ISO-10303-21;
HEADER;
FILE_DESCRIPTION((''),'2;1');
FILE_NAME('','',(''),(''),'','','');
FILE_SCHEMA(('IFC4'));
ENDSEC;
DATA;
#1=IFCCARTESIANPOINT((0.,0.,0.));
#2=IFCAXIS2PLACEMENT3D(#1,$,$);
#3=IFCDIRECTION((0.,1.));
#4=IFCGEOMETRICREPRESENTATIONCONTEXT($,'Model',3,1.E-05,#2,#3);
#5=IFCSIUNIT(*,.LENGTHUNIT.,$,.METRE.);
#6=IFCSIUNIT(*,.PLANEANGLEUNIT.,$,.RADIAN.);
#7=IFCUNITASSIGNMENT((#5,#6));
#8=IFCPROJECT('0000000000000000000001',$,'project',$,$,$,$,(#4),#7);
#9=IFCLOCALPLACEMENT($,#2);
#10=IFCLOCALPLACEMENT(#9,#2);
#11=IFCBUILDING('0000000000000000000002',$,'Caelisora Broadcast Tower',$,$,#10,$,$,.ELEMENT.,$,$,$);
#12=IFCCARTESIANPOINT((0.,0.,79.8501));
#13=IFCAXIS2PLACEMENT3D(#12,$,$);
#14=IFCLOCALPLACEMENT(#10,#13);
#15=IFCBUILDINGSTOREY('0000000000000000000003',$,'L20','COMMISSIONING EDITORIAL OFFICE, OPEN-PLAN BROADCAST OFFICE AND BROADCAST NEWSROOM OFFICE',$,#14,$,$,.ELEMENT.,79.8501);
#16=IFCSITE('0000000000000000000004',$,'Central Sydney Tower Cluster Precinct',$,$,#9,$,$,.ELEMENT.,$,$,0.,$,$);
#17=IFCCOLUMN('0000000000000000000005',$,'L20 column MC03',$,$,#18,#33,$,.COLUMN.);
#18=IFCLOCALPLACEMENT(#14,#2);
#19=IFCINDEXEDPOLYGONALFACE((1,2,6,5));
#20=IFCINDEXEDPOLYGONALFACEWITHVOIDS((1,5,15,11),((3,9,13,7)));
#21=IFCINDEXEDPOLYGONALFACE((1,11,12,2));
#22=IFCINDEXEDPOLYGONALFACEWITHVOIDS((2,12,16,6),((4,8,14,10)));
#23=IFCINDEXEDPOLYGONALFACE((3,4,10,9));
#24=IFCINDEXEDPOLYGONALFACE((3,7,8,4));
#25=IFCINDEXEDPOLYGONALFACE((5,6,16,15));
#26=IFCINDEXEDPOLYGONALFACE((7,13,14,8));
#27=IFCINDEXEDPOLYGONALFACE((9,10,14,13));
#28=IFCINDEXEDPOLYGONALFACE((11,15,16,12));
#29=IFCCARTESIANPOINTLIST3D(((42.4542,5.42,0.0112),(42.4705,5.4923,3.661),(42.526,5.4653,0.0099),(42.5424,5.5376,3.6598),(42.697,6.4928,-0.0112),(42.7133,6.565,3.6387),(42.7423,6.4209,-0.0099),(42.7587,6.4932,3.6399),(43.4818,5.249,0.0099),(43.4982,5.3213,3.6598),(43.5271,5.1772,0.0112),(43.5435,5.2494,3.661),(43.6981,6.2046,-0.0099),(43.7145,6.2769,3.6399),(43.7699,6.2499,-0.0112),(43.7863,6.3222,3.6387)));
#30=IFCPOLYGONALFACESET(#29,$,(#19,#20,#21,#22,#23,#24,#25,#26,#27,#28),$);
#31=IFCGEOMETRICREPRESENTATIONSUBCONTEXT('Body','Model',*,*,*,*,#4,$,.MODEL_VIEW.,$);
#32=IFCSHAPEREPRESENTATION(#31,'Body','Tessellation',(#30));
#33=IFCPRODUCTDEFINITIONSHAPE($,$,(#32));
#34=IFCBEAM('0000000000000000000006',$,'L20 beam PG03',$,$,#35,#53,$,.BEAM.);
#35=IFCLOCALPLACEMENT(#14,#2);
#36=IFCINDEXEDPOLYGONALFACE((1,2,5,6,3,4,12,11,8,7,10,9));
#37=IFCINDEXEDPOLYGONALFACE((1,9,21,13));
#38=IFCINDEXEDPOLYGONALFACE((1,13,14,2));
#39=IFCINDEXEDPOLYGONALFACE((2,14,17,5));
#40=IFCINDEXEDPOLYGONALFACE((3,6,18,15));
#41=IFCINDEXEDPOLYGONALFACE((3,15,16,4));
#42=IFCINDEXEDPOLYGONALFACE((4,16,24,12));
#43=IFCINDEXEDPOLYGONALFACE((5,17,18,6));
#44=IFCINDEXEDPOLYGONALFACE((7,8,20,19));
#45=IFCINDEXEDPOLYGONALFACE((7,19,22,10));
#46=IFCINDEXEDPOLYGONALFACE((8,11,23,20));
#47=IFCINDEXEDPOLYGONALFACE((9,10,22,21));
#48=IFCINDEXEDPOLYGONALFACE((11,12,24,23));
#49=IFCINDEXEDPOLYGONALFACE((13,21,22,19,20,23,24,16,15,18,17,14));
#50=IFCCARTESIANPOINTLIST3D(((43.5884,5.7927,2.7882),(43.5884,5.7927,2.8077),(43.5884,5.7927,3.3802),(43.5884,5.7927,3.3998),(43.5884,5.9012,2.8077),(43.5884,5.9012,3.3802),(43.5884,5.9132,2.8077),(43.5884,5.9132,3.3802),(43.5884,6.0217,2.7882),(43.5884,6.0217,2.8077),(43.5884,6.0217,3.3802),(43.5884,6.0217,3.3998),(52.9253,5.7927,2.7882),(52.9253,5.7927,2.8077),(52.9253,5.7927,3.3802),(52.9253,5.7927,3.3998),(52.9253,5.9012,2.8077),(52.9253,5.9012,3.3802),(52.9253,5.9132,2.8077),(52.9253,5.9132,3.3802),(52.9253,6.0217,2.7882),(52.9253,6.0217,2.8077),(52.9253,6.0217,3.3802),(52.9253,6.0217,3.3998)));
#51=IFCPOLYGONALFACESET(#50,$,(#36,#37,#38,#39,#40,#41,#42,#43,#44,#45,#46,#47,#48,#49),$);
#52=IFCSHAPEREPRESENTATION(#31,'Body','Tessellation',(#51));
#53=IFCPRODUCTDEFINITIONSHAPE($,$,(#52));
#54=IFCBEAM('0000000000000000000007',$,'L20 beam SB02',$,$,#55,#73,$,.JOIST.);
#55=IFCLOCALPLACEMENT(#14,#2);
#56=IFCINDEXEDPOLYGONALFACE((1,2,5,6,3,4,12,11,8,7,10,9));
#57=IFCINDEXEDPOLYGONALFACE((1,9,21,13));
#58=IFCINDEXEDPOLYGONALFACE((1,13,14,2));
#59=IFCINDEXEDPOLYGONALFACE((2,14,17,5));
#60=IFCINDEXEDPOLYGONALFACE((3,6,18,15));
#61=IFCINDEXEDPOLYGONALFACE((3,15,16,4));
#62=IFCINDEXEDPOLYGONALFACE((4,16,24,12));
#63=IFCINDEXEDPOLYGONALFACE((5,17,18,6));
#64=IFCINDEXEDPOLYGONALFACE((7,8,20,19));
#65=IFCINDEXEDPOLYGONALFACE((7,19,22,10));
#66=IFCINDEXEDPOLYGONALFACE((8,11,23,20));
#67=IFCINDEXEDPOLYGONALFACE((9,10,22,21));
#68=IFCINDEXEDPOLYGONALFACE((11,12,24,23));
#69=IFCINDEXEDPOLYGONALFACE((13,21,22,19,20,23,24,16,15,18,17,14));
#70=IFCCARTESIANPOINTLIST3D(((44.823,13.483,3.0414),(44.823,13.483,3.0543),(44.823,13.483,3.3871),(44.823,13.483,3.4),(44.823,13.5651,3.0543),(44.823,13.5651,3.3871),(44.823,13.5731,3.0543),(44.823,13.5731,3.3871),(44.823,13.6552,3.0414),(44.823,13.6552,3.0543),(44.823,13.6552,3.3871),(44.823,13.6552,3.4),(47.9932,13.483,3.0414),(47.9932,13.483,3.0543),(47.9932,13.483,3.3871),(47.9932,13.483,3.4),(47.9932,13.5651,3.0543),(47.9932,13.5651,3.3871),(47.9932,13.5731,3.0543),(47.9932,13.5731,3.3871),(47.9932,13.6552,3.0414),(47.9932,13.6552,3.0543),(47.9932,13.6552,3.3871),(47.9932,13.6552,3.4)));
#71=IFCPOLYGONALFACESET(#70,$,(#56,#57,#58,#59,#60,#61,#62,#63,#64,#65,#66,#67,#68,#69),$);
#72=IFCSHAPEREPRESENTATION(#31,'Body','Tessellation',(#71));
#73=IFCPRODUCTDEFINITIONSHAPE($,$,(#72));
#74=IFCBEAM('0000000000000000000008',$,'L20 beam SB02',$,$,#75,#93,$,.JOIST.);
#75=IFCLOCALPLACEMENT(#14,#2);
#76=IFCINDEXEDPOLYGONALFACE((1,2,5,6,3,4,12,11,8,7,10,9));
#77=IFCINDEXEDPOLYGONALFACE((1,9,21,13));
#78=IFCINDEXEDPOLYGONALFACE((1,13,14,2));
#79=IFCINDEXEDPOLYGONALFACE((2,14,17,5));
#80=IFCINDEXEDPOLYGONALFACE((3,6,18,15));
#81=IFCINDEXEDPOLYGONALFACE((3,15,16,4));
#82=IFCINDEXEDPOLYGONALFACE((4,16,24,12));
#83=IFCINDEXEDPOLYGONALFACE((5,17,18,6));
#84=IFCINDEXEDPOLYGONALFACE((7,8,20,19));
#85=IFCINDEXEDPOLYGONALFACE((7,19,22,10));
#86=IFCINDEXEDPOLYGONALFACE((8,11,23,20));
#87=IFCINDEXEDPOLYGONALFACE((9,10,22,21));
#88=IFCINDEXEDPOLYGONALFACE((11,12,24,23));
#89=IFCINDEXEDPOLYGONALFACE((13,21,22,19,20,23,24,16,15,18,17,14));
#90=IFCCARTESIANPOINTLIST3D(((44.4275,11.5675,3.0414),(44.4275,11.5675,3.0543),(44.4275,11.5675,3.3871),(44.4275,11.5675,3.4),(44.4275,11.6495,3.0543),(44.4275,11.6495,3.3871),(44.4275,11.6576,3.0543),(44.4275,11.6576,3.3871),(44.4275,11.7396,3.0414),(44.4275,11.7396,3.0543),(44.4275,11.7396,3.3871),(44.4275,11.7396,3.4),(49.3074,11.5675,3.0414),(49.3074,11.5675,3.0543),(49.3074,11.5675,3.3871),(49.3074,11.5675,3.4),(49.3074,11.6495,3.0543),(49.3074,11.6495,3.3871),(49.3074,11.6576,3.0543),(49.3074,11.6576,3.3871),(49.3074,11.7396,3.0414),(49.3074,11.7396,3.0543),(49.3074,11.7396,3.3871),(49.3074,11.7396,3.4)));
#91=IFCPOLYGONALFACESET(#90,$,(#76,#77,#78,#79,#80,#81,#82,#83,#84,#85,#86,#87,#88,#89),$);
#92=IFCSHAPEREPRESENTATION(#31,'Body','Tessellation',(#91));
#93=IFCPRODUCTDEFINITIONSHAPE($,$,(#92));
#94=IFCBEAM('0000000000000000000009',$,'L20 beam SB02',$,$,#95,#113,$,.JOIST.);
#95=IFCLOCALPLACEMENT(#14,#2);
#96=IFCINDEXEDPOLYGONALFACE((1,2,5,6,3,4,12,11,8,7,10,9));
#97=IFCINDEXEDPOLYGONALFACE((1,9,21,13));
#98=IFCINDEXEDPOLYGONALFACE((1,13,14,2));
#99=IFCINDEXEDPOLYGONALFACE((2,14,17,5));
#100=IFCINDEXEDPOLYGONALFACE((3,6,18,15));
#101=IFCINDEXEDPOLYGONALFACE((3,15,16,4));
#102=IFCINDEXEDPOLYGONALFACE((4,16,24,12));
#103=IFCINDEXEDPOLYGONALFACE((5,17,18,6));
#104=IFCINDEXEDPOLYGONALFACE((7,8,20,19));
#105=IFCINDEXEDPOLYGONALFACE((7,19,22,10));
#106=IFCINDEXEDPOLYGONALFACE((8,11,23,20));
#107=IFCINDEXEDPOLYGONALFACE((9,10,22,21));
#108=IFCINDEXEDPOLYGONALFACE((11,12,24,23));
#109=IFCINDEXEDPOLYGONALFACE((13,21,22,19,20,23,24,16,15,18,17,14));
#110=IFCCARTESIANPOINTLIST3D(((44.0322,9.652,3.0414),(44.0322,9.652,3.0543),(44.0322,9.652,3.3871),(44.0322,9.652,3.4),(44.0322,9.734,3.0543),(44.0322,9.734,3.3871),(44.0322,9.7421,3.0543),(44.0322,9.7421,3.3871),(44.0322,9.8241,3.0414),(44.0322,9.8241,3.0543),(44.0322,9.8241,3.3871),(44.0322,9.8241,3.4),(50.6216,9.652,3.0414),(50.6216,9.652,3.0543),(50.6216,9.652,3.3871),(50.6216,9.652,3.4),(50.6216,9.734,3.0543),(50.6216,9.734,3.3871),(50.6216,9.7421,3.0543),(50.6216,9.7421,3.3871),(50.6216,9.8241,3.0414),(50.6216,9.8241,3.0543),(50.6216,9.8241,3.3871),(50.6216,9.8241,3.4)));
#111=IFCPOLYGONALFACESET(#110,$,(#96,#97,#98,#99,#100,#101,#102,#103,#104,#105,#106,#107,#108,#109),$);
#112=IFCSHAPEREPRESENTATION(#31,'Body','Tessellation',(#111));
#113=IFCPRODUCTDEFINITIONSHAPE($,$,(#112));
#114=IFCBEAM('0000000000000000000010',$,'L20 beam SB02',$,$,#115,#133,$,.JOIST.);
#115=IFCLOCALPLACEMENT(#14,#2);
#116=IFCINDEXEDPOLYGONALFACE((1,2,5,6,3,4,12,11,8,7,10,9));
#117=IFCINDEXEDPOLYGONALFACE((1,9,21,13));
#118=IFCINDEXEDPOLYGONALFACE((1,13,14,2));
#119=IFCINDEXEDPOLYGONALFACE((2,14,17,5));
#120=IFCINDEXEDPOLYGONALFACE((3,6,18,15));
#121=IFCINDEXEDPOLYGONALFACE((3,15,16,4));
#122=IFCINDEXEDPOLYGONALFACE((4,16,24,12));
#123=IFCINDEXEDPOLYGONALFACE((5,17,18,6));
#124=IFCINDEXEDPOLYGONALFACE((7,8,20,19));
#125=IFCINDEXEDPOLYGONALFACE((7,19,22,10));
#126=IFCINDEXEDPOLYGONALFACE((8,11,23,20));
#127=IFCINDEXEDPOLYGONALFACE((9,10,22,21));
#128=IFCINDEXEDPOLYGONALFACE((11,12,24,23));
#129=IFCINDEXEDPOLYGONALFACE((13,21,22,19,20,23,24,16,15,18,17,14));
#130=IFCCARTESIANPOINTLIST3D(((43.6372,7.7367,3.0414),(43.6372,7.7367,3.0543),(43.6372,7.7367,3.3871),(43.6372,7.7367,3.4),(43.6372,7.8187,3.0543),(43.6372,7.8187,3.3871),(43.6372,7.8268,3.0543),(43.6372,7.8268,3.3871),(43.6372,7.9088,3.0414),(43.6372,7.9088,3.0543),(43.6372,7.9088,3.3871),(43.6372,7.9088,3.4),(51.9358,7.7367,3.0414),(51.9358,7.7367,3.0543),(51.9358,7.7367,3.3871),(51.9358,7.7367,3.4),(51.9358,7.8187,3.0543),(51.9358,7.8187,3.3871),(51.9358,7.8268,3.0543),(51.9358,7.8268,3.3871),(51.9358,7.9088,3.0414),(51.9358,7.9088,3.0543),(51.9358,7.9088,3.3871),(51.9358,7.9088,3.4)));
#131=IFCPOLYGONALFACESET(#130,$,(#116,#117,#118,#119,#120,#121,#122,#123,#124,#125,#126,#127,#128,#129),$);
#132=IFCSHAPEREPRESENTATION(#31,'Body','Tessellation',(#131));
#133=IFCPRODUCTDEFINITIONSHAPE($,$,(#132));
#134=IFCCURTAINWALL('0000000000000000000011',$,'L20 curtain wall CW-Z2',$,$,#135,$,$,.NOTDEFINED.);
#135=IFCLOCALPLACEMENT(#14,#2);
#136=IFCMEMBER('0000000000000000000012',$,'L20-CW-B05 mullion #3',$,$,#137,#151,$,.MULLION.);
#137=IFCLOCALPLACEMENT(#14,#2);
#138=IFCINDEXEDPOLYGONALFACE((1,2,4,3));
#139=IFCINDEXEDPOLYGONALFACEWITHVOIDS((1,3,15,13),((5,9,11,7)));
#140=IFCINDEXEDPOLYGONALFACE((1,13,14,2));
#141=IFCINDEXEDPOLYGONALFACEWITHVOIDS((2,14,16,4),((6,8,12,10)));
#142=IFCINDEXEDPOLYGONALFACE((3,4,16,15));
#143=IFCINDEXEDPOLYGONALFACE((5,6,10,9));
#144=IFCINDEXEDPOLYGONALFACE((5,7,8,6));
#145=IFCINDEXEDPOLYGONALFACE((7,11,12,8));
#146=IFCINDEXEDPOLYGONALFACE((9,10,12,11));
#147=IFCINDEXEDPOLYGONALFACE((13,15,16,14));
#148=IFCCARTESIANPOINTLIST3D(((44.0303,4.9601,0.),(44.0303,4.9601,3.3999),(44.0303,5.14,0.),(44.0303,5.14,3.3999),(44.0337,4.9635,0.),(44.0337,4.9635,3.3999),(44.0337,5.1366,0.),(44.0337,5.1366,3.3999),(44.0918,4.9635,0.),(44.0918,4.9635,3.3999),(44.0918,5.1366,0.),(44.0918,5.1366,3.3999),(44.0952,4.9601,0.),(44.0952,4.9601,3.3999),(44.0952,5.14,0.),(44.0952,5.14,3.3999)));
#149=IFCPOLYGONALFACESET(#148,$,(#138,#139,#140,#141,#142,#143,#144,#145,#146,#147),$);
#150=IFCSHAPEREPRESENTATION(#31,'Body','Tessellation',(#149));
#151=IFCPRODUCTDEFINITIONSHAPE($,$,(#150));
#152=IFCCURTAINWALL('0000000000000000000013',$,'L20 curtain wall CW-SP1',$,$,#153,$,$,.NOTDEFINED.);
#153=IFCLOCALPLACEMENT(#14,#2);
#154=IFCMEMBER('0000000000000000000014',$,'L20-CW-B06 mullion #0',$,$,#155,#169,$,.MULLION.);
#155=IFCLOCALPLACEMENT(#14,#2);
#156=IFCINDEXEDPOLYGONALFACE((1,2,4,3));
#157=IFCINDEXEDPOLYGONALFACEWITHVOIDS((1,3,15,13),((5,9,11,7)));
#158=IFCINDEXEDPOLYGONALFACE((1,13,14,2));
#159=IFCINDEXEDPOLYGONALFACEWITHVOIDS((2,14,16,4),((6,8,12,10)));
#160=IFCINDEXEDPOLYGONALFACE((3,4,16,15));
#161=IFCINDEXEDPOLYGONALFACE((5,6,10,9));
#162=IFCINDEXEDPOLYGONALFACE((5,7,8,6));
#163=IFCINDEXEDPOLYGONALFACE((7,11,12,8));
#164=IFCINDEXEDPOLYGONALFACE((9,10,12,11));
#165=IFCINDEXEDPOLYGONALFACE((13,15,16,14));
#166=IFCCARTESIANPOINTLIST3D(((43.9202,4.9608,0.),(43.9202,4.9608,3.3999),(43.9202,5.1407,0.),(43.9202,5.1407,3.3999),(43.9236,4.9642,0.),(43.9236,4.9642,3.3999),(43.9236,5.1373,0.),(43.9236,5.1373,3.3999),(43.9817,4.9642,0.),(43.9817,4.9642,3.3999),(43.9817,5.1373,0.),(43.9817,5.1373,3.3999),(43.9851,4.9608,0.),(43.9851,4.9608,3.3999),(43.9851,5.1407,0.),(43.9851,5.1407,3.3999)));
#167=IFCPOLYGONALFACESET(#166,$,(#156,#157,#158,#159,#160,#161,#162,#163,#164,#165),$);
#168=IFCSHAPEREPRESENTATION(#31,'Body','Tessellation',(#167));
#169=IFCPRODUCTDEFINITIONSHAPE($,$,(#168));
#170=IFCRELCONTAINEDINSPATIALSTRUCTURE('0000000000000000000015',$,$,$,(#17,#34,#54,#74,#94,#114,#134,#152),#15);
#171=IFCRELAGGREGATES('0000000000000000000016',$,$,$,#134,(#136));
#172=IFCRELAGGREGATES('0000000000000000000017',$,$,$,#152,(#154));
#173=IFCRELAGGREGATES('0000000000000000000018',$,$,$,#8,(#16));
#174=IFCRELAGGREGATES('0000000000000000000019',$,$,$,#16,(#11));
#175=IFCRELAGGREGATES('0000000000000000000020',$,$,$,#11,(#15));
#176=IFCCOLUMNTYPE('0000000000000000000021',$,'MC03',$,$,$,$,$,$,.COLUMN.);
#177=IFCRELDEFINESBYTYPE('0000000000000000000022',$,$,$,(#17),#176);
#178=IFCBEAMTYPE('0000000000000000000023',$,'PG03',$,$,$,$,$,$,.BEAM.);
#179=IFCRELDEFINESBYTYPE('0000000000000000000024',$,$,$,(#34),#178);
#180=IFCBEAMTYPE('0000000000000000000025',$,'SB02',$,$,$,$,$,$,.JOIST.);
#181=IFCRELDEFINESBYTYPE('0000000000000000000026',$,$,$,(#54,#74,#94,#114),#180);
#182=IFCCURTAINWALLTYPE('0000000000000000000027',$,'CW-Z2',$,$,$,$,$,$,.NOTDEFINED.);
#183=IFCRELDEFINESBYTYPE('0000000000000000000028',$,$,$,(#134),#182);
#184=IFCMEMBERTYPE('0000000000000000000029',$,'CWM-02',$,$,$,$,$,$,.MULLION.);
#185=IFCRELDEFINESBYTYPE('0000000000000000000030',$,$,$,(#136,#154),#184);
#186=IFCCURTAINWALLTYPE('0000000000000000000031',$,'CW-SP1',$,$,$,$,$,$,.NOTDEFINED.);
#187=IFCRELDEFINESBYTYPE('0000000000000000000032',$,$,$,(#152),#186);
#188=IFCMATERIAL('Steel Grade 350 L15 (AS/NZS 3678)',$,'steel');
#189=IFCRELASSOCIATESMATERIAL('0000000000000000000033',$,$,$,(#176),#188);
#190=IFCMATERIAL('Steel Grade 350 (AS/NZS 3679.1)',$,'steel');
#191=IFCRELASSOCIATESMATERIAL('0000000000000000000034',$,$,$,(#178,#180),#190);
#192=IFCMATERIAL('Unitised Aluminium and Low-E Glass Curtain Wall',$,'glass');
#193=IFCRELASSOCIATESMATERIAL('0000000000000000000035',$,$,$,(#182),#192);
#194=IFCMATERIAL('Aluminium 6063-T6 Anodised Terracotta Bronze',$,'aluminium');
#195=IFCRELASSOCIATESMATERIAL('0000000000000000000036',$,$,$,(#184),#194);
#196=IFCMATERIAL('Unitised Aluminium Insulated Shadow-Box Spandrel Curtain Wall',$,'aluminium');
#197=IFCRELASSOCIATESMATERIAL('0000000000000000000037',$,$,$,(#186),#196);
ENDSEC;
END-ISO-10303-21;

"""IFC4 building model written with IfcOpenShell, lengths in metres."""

from ifc_helpers import new_model, si_unit, direction, frame, origin, origin_2d, place, context, subcontext, project, spatial, hollow_rectangle, i_section, extrude, source, transform, mapped, material, material_profile, profile_set, type_object, type_shapes, element, aggregate, save


model = new_model("IFC4")

# Units and contexts
model_context = context("Model", 3, precision=1e-05, world=origin(), true_north=direction((0.0, 1.0)))
body_context = subcontext(model_context, "Body", "Model", "MODEL_VIEW")
ifc_project = project(units=[si_unit("LENGTHUNIT", "METRE"), si_unit("PLANEANGLEUNIT", "RADIAN")], contexts=[model_context])

# Site, building, storey
site_placement = place(None, origin())
site = spatial("IfcSite", under=ifc_project, at=site_placement, Name="Central Sydney Tower Cluster Precinct", CompositionType="ELEMENT", RefElevation=0.0)
building_placement = place(site_placement, origin())
building = spatial("IfcBuilding", under=site, at=building_placement, Name="Caelisora Broadcast Tower", CompositionType="ELEMENT")
storey_placement = place(building_placement, frame((0.0, 0.0, 79.8501)))
storey = spatial("IfcBuildingStorey", under=building, at=storey_placement, Name="L20", Description="COMMISSIONING EDITORIAL OFFICE, OPEN-PLAN BROADCAST OFFICE AND BROADCAST NEWSROOM OFFICE", CompositionType="ELEMENT", Elevation=79.8501)

# Column
ifc_material_1 = material(Name="Steel Grade 350 L15 (AS/NZS 3678)", Category="steel")
ifc_material_profile_1 = material_profile(ifc_material_1, hollow_rectangle(XDim=1.1001, YDim=1.1001, WallThickness=0.0601, at=origin_2d()), Name="Steel Grade 350 L15 (AS/NZS 3678)")
ifc_profile_set_1 = profile_set([ifc_material_profile_1], Name="Steel Grade 350 L15 (AS/NZS 3678)")
column_type = type_object("IfcColumnType", Name="MC03", PredefinedType="COLUMN", material=ifc_profile_set_1)
shared_shape_1 = source(origin(), body_context, "Body", "SweptSolid", [
    extrude(hollow_rectangle(XDim=1.1001, YDim=1.1001, WallThickness=0.0601, at=origin_2d()), origin(), (0.0, 0.0, 1.0), 3.6506),
])
type_shapes(column_type, [shared_shape_1])
column_placement = place(storey_placement, frame((43.1121, 5.835, 0.0), z_axis=(0.004481, 0.019795, 0.999794), x_axis=(-0.975327, 0.220767, 0.0)))
element("IfcColumn", 1, at=column_placement, inside=storey, type_object=column_type, Name="L20 column MC03", PredefinedType="COLUMN", context=body_context, shape_type="MappedRepresentation", body=[
    mapped(shared_shape_1, transform((0.0, 0.0, 0.0), scale=1.0)),
])

# Beams
ifc_material_2 = material(Name="Steel Grade 350 (AS/NZS 3679.1)", Category="steel")
ifc_material_profile_2 = material_profile(ifc_material_2, i_section(OverallWidth=0.229, OverallDepth=0.6116, WebThickness=0.012, FlangeThickness=0.0195, at=origin_2d()), Name="Steel Grade 350 (AS/NZS 3679.1)")
ifc_profile_set_2 = profile_set([ifc_material_profile_2], Name="Steel Grade 350 (AS/NZS 3679.1)")
beam_type_1 = type_object("IfcBeamType", Name="PG03", PredefinedType="BEAM", material=ifc_profile_set_2)
shared_shape_2 = source(origin(), body_context, "Body", "SweptSolid", [
    extrude(i_section(OverallWidth=0.229, OverallDepth=0.6116, WebThickness=0.012, FlangeThickness=0.0195, at=origin_2d()), origin(), (0.0, 0.0, 1.0), 9.3369),
])
type_shapes(beam_type_1, [shared_shape_2])
beam_1_placement = place(storey_placement, frame((43.5884, 5.9072, 3.094), z_axis=(1.0, 0.0, 0.0), x_axis=(0.0, 1.0, 0.0)))
element("IfcBeam", 2, at=beam_1_placement, inside=storey, type_object=beam_type_1, Name="L20 beam PG03", PredefinedType="BEAM", context=body_context, shape_type="MappedRepresentation", body=[
    mapped(shared_shape_2, transform((0.0, 0.0, 0.0), scale=1.0)),
])
ifc_material_profile_3 = material_profile(ifc_material_2, i_section(OverallWidth=0.1721, OverallDepth=0.3586, WebThickness=0.0081, FlangeThickness=0.0129, at=origin_2d()), Name="Steel Grade 350 (AS/NZS 3679.1)")
ifc_profile_set_3 = profile_set([ifc_material_profile_3], Name="Steel Grade 350 (AS/NZS 3679.1)")
beam_type_2 = type_object("IfcBeamType", Name="SB02", PredefinedType="JOIST", material=ifc_profile_set_3)
shared_shape_3 = source(origin(), body_context, "Body", "SweptSolid", [
    extrude(i_section(OverallWidth=0.1721, OverallDepth=0.3586, WebThickness=0.0081, FlangeThickness=0.0129, at=origin_2d()), origin(), (0.0, 0.0, 1.0), 3.1702),
])
beam_2_placement = place(storey_placement, frame((44.823, 13.5691, 3.2207), z_axis=(1.0, 0.0, 0.0), x_axis=(0.0, 1.0, 0.0)))
element("IfcBeam", 3, at=beam_2_placement, inside=storey, type_object=beam_type_2, Name="L20 beam SB02", PredefinedType="JOIST", context=body_context, shape_type="MappedRepresentation", body=[
    mapped(shared_shape_3, transform((0.0, 0.0, 0.0), scale=1.0)),
])
shared_shape_4 = source(origin(), body_context, "Body", "SweptSolid", [
    extrude(i_section(OverallWidth=0.1721, OverallDepth=0.3586, WebThickness=0.0081, FlangeThickness=0.0129, at=origin_2d()), origin(), (0.0, 0.0, 1.0), 4.8799),
])
beam_3_placement = place(storey_placement, frame((44.4275, 11.6536, 3.2207), z_axis=(1.0, 0.0, 0.0), x_axis=(0.0, 1.0, 0.0)))
element("IfcBeam", 4, at=beam_3_placement, inside=storey, type_object=beam_type_2, Name="L20 beam SB02", PredefinedType="JOIST", context=body_context, shape_type="MappedRepresentation", body=[
    mapped(shared_shape_4, transform((0.0, 0.0, 0.0), scale=1.0)),
])
shared_shape_5 = source(origin(), body_context, "Body", "SweptSolid", [
    extrude(i_section(OverallWidth=0.1721, OverallDepth=0.3586, WebThickness=0.0081, FlangeThickness=0.0129, at=origin_2d()), origin(), (0.0, 0.0, 1.0), 6.5894),
])
beam_4_placement = place(storey_placement, frame((44.0322, 9.738, 3.2207), z_axis=(1.0, 0.0, 0.0), x_axis=(0.0, 1.0, 0.0)))
element("IfcBeam", 5, at=beam_4_placement, inside=storey, type_object=beam_type_2, Name="L20 beam SB02", PredefinedType="JOIST", context=body_context, shape_type="MappedRepresentation", body=[
    mapped(shared_shape_5, transform((0.0, 0.0, 0.0), scale=1.0)),
])
shared_shape_6 = source(origin(), body_context, "Body", "SweptSolid", [
    extrude(i_section(OverallWidth=0.1721, OverallDepth=0.3586, WebThickness=0.0081, FlangeThickness=0.0129, at=origin_2d()), origin(), (0.0, 0.0, 1.0), 8.2986),
])
type_shapes(beam_type_2, [shared_shape_3, shared_shape_4, shared_shape_5, shared_shape_6])
beam_5_placement = place(storey_placement, frame((43.6372, 7.8228, 3.2207), z_axis=(1.0, 0.0, 0.0), x_axis=(0.0, 1.0, 0.0)))
element("IfcBeam", 6, at=beam_5_placement, inside=storey, type_object=beam_type_2, Name="L20 beam SB02", PredefinedType="JOIST", context=body_context, shape_type="MappedRepresentation", body=[
    mapped(shared_shape_6, transform((0.0, 0.0, 0.0), scale=1.0)),
])

# Curtain wall, member
ifc_material_3 = material(Name="Unitised Aluminium and Low-E Glass Curtain Wall", Category="glass")
curtain_wall_type_1 = type_object("IfcCurtainWallType", Name="CW-Z2", PredefinedType="NOTDEFINED", material=ifc_material_3)
curtain_wall_1_placement = place(storey_placement, origin())
curtain_wall_1 = element("IfcCurtainWall", 7, at=curtain_wall_1_placement, inside=storey, type_object=curtain_wall_type_1, Name="L20 curtain wall CW-Z2", PredefinedType="NOTDEFINED")
ifc_material_4 = material(Name="Aluminium 6063-T6 Anodised Terracotta Bronze", Category="aluminium")
ifc_material_profile_4 = material_profile(ifc_material_4, hollow_rectangle(XDim=0.0649, YDim=0.1799, WallThickness=0.0034, at=origin_2d()), Name="Aluminium 6063-T6 Anodised Terracotta Bronze")
ifc_profile_set_4 = profile_set([ifc_material_profile_4], Name="Aluminium 6063-T6 Anodised Terracotta Bronze")
member_type_1 = type_object("IfcMemberType", Name="CWM-02", PredefinedType="MULLION", material=ifc_profile_set_4)
shared_shape_7 = source(origin(), body_context, "Body", "SweptSolid", [
    extrude(hollow_rectangle(XDim=0.0649, YDim=0.1799, WallThickness=0.0034, at=origin_2d()), origin(), (0.0, 0.0, 1.0), 3.3999),
])
type_shapes(member_type_1, [shared_shape_7])
member_1_placement = place(storey_placement, frame((44.0627, 5.05, 0.0), z_axis=(0.0, 0.0, 1.0), x_axis=(1.0, 0.0, 0.0)))
member_1 = element("IfcMember", 8, at=member_1_placement, type_object=member_type_1, Name="L20-CW-B05 mullion #3", PredefinedType="MULLION", context=body_context, shape_type="MappedRepresentation", body=[
    mapped(shared_shape_7, transform((0.0, 0.0, 0.0), scale=1.0)),
])
aggregate(curtain_wall_1, [member_1])

# Curtain wall, member
ifc_material_5 = material(Name="Unitised Aluminium Insulated Shadow-Box Spandrel Curtain Wall", Category="aluminium")
curtain_wall_type_2 = type_object("IfcCurtainWallType", Name="CW-SP1", PredefinedType="NOTDEFINED", material=ifc_material_5)
curtain_wall_2_placement = place(storey_placement, origin())
curtain_wall_2 = element("IfcCurtainWall", 9, at=curtain_wall_2_placement, inside=storey, type_object=curtain_wall_type_2, Name="L20 curtain wall CW-SP1", PredefinedType="NOTDEFINED")
member_2_placement = place(storey_placement, frame((43.9526, 5.0508, 0.0), z_axis=(0.0, 0.0, 1.0), x_axis=(1.0, 0.0, 0.0)))
member_2 = element("IfcMember", 10, at=member_2_placement, type_object=member_type_1, Name="L20-CW-B06 mullion #0", PredefinedType="MULLION", context=body_context, shape_type="MappedRepresentation", body=[
    mapped(shared_shape_7, transform((0.0, 0.0, 0.0), scale=1.0)),
])

aggregate(curtain_wall_2, [member_2])

save(model, "model.ifc")
